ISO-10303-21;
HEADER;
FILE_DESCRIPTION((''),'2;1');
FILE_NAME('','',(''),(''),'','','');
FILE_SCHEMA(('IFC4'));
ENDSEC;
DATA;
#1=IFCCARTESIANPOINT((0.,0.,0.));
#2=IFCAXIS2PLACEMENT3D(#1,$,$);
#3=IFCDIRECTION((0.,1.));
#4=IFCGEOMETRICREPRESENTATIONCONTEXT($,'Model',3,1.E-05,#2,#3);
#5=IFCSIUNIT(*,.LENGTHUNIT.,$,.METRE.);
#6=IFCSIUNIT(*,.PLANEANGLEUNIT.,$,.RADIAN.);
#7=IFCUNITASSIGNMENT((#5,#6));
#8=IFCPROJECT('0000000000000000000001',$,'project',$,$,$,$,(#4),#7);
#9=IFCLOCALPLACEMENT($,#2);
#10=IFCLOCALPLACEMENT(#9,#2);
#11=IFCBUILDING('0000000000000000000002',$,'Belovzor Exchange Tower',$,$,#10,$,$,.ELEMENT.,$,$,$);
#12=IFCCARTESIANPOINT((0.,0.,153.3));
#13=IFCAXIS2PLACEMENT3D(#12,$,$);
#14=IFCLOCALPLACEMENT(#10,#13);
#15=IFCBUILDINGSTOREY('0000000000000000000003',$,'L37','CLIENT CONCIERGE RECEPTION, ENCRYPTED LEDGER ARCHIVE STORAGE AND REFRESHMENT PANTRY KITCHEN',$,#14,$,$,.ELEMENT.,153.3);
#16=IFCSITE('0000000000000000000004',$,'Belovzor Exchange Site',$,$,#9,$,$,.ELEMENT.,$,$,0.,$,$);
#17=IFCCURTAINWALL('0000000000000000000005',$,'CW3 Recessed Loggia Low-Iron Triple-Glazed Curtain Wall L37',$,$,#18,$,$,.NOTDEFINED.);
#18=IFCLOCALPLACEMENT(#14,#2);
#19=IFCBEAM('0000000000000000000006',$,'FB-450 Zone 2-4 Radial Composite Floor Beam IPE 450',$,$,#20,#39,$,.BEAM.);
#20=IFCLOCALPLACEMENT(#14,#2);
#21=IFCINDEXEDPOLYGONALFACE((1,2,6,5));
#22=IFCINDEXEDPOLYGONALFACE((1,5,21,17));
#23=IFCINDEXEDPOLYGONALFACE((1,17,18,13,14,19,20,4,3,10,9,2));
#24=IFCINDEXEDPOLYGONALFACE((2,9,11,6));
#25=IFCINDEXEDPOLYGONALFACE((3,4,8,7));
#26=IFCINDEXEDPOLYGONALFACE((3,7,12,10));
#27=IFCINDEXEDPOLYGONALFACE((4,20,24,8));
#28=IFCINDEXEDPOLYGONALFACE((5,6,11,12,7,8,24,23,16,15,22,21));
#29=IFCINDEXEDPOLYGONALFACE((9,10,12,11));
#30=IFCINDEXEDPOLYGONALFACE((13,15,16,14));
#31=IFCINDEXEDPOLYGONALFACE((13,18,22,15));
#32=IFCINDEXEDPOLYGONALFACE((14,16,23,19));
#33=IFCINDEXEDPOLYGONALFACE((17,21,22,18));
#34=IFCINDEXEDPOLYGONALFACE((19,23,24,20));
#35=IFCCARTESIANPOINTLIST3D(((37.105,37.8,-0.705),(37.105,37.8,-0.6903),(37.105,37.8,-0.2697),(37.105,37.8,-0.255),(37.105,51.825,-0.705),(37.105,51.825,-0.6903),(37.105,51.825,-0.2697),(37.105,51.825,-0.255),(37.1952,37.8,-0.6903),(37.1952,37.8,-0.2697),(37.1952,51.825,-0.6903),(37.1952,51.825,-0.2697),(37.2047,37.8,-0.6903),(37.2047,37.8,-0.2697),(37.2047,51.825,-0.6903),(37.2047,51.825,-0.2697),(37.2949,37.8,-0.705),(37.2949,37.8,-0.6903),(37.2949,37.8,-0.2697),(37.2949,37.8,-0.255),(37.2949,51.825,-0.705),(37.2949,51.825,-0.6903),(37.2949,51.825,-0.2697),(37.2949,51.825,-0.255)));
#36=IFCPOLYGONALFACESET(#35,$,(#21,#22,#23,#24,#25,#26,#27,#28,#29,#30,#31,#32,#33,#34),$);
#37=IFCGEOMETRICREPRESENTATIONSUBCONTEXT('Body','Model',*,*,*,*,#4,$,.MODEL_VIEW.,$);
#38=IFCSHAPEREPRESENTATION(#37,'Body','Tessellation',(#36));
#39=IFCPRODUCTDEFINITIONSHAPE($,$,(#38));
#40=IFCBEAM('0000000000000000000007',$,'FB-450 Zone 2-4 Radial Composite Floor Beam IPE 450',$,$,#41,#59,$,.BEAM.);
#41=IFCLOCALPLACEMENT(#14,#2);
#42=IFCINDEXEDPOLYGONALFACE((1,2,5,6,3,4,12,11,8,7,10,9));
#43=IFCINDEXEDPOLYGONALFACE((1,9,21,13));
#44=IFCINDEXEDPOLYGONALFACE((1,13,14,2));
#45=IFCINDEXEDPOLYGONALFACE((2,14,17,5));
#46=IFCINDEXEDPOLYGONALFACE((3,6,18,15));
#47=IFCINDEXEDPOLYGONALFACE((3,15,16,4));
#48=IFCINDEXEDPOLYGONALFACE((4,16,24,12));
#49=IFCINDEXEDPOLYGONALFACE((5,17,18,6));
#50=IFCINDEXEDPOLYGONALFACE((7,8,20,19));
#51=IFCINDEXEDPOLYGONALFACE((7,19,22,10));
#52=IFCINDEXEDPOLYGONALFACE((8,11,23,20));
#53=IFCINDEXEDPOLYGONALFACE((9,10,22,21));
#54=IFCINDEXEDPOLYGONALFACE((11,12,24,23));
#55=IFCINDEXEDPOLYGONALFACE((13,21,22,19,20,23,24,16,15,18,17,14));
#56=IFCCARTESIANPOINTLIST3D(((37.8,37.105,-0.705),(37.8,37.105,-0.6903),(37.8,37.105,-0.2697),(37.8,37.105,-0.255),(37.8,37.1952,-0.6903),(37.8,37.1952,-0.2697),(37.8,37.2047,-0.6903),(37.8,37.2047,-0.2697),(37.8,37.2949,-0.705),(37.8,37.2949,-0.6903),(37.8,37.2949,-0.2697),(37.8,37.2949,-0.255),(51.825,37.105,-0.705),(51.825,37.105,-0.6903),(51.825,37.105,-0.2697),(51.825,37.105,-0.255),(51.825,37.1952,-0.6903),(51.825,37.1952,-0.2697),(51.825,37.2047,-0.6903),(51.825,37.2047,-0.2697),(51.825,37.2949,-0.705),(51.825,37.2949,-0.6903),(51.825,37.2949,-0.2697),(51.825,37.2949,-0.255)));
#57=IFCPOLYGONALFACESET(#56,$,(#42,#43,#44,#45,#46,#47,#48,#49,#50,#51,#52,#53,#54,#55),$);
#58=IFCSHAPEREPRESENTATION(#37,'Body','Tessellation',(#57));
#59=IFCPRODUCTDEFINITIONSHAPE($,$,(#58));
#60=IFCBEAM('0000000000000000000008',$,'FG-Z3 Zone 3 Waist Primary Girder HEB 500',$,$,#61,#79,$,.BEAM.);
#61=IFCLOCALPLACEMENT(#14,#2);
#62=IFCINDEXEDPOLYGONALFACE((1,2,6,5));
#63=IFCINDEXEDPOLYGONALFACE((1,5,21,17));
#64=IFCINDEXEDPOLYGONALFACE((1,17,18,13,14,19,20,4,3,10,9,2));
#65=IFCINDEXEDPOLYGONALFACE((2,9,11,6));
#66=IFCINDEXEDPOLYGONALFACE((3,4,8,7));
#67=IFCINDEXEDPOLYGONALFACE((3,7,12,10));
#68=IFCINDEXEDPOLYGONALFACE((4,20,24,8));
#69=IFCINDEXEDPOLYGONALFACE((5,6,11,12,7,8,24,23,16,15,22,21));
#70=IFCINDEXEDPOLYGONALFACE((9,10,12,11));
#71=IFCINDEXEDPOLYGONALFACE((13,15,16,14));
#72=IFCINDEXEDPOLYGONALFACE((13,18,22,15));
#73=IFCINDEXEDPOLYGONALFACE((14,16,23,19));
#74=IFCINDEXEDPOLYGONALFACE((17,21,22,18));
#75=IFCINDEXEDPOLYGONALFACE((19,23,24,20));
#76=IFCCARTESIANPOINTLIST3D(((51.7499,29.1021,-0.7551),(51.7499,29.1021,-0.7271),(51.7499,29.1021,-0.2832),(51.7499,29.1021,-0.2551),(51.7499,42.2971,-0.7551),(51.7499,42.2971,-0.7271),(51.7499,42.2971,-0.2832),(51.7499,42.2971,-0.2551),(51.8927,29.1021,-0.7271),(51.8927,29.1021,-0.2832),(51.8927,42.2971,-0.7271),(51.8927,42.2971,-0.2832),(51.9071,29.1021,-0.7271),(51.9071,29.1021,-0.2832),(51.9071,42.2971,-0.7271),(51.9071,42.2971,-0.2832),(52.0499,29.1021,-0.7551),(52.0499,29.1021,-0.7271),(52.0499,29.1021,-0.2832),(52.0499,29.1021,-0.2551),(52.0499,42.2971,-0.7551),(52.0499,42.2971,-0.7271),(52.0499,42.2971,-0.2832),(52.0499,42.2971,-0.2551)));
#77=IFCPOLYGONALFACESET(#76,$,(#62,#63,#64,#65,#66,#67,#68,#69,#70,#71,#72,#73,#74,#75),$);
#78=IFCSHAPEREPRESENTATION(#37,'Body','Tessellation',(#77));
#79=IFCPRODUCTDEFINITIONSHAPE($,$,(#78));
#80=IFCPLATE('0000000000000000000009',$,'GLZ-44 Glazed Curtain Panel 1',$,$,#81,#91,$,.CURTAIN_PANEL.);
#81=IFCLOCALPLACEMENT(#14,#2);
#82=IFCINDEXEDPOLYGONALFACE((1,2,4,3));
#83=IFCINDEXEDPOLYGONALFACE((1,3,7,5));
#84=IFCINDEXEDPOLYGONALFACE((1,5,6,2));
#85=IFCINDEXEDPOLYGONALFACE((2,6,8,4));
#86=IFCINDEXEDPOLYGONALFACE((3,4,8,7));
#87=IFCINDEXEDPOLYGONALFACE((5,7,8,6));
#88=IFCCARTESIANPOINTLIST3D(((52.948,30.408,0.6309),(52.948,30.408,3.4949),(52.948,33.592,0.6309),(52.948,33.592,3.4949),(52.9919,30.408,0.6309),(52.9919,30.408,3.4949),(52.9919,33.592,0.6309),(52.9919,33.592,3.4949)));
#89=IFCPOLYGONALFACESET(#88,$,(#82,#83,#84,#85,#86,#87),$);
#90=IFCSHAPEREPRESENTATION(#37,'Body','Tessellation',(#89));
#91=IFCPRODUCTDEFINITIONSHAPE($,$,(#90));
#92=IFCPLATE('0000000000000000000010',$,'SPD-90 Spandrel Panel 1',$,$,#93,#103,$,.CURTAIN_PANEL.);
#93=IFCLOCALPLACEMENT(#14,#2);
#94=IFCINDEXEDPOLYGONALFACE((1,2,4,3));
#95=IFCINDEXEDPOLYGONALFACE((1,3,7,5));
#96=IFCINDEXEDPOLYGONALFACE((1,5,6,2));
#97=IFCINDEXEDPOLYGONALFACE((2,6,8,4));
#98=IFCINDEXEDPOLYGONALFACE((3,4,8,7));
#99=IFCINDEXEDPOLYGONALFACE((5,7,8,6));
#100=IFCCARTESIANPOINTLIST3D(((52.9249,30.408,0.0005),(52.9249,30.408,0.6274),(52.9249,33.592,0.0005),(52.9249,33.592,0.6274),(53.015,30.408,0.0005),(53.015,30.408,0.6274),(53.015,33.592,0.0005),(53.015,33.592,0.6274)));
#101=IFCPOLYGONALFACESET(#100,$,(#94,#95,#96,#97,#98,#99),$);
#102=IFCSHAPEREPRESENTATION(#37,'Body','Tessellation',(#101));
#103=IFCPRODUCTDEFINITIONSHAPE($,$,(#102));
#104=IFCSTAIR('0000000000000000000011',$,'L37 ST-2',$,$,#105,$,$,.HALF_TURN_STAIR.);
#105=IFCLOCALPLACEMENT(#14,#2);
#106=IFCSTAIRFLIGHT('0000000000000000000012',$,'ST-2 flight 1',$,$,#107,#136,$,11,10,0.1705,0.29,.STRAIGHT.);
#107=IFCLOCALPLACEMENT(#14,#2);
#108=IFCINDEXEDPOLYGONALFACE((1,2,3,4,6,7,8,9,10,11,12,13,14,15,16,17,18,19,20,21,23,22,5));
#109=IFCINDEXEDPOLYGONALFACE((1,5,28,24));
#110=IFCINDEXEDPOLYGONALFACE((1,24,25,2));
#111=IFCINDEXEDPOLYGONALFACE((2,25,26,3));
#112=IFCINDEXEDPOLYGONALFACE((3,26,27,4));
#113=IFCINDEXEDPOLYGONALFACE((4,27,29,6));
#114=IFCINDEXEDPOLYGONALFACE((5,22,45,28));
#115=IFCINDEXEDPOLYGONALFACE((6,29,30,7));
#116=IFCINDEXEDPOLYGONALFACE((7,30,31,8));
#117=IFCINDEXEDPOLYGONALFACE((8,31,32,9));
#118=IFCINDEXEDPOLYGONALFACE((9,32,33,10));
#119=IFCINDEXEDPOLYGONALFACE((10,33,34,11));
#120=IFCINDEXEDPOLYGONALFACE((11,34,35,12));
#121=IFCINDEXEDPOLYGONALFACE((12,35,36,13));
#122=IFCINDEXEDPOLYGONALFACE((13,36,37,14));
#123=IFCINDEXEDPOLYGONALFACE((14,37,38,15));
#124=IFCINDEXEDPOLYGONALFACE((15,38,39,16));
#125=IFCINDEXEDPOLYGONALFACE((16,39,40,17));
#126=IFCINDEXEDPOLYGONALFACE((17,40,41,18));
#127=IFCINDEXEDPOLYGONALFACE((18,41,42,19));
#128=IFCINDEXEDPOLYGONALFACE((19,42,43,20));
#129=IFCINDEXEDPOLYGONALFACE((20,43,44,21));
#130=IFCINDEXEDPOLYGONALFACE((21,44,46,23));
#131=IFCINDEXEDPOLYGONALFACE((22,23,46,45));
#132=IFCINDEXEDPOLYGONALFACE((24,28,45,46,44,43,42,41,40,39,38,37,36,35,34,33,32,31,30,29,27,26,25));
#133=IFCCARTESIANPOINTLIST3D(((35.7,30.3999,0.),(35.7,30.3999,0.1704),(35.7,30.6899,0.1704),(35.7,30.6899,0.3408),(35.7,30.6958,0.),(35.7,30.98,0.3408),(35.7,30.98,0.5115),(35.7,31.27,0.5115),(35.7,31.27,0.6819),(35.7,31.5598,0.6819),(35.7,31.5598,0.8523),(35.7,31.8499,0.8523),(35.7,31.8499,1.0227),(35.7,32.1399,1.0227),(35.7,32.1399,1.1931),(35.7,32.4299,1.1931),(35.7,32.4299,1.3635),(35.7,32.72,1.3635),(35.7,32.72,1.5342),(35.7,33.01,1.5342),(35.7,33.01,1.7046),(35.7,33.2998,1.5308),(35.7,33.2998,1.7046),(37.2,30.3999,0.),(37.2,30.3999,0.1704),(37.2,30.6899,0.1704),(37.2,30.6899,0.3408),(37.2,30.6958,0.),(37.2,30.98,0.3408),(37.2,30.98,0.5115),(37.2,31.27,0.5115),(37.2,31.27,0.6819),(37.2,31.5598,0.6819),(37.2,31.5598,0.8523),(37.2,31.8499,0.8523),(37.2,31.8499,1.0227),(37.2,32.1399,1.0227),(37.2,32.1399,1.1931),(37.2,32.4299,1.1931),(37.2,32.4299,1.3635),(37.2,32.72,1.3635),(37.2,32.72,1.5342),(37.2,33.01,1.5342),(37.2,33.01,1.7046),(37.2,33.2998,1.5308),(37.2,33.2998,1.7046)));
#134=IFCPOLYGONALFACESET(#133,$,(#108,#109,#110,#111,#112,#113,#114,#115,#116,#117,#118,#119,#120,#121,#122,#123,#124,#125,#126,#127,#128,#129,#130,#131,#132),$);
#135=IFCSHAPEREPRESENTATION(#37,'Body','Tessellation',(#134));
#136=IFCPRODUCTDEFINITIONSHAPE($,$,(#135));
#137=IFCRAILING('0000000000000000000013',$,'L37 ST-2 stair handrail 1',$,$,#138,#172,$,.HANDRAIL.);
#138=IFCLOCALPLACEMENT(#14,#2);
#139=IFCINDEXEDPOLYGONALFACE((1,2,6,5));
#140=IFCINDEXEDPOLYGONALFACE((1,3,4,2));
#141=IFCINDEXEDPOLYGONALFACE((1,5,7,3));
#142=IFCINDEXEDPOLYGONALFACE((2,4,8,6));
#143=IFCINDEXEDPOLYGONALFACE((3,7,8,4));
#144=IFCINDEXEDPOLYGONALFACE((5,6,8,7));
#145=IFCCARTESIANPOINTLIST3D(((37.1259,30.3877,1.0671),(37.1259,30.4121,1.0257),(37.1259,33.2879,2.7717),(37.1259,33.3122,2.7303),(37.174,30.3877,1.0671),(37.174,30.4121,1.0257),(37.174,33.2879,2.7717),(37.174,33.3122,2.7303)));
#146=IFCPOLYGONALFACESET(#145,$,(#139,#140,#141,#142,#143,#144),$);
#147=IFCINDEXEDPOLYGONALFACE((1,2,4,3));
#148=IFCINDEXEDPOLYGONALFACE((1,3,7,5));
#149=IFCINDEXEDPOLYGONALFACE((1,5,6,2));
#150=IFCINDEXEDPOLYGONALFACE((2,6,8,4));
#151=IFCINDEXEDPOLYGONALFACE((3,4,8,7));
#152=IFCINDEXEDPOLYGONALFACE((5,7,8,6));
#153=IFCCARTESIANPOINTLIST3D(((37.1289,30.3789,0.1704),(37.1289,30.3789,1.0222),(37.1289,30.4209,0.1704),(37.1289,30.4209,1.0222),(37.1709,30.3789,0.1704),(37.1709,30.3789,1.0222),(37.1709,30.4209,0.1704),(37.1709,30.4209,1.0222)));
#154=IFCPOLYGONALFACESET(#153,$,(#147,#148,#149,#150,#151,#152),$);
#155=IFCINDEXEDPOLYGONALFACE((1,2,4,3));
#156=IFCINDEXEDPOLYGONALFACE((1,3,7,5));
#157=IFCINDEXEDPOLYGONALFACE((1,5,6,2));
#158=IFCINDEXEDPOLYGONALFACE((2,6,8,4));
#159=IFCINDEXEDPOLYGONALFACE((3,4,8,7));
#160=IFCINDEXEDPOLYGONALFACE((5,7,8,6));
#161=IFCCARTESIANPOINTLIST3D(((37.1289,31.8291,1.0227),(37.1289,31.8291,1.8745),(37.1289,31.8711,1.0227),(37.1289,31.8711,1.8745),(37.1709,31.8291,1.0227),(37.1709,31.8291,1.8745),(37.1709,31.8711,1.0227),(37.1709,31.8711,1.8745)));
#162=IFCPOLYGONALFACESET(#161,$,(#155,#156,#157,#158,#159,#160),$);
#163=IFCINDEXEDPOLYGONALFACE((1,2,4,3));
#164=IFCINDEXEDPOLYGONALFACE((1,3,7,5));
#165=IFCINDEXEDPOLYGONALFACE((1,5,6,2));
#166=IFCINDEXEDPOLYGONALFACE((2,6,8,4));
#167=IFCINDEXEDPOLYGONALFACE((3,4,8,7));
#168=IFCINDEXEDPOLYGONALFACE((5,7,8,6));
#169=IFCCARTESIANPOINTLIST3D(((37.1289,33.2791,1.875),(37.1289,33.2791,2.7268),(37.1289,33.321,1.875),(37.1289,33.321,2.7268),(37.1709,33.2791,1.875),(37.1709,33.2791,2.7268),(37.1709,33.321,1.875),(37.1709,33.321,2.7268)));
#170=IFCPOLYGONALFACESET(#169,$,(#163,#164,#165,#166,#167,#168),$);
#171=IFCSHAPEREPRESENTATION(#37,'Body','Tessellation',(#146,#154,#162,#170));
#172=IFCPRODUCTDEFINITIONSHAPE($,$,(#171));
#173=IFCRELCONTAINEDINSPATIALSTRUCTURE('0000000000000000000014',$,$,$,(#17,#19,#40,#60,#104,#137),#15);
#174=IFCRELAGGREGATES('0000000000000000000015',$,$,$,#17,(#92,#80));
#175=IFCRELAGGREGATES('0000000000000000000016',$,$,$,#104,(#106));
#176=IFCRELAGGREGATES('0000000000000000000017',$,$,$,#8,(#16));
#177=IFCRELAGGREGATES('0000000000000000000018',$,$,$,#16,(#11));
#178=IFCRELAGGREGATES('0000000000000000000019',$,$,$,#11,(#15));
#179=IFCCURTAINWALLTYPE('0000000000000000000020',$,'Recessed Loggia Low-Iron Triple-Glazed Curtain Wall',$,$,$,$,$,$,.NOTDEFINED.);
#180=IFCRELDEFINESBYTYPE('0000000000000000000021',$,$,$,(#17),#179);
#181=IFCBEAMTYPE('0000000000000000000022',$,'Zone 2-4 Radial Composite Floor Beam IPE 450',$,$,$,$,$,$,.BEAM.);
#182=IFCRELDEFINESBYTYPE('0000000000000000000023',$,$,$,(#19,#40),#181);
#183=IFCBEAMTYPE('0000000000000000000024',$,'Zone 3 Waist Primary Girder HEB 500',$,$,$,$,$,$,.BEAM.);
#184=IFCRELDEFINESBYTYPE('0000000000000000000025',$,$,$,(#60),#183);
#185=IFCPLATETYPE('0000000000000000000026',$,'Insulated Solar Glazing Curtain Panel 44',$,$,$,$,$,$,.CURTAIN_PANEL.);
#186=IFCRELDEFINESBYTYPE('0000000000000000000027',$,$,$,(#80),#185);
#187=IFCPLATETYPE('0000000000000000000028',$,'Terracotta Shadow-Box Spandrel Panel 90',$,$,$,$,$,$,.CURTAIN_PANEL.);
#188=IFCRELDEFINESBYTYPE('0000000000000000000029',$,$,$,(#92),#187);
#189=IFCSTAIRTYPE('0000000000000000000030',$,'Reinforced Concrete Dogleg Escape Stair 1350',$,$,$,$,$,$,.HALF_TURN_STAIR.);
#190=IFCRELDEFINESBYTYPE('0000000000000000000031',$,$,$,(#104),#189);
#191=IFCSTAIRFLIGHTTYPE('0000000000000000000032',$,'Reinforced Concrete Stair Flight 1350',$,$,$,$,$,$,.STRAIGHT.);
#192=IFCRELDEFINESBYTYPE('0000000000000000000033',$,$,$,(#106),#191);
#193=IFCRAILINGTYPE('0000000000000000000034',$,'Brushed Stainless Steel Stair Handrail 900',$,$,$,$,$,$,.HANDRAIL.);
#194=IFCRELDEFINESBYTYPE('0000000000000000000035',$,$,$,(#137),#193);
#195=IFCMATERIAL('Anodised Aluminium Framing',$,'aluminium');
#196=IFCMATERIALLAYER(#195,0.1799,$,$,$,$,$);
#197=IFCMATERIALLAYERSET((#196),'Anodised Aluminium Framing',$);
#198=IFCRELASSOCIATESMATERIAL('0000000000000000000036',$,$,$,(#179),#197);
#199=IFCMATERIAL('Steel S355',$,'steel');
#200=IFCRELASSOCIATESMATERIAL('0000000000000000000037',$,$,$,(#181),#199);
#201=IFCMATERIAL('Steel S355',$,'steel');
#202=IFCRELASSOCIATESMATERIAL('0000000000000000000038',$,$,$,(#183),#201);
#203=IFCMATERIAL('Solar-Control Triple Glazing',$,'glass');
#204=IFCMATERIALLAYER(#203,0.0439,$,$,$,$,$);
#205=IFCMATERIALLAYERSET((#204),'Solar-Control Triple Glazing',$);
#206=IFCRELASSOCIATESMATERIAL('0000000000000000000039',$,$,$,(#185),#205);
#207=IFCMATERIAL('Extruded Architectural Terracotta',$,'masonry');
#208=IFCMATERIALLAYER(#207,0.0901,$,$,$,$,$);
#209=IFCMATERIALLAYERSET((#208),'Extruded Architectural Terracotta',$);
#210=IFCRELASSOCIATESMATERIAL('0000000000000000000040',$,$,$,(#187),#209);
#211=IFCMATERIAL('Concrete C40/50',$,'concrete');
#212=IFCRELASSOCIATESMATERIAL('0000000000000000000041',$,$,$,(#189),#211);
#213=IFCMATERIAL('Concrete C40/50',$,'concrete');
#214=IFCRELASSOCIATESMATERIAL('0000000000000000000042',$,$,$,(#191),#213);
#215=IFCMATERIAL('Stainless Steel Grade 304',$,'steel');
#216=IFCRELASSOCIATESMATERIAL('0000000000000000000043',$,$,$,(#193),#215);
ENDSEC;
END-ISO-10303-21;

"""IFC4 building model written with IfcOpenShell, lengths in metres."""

from ifc_helpers import new_model, si_unit, direction, frame, origin, origin_2d, place, context, subcontext, project, spatial, polyline, rectangle, i_section, outline, extrude, material, layer, layer_set, material_profile, profile_set, type_object, element, aggregate, save


model = new_model("IFC4")

# Units and contexts
model_context = context("Model", 3, precision=1e-05, world=origin(), true_north=direction((0.0, 1.0)))
body_context = subcontext(model_context, "Body", "Model", "MODEL_VIEW")
ifc_project = project(units=[si_unit("LENGTHUNIT", "METRE"), si_unit("PLANEANGLEUNIT", "RADIAN")], contexts=[model_context])

# Site, building, storey
site_placement = place(None, origin())
site = spatial("IfcSite", under=ifc_project, at=site_placement, Name="Belovzor Exchange Site", CompositionType="ELEMENT", RefElevation=0.0)
building_placement = place(site_placement, origin())
building = spatial("IfcBuilding", under=site, at=building_placement, Name="Belovzor Exchange Tower", CompositionType="ELEMENT")
storey_placement = place(building_placement, frame((0.0, 0.0, 153.3)))
storey = spatial("IfcBuildingStorey", under=building, at=storey_placement, Name="L37", Description="CLIENT CONCIERGE RECEPTION, ENCRYPTED LEDGER ARCHIVE STORAGE AND REFRESHMENT PANTRY KITCHEN", CompositionType="ELEMENT", Elevation=153.3)

# Curtain wall
ifc_material_1 = material(Name="Anodised Aluminium Framing", Category="aluminium")
ifc_layer_1 = layer(ifc_material_1, 0.1799)
ifc_layer_set_1 = layer_set([ifc_layer_1], Name="Anodised Aluminium Framing")
curtain_wall_type = type_object("IfcCurtainWallType", Name="Recessed Loggia Low-Iron Triple-Glazed Curtain Wall", PredefinedType="NOTDEFINED", material=ifc_layer_set_1)
curtain_wall_placement = place(storey_placement, origin())
curtain_wall = element("IfcCurtainWall", 1, at=curtain_wall_placement, inside=storey, type_object=curtain_wall_type, Name="CW3 Recessed Loggia Low-Iron Triple-Glazed Curtain Wall L37", PredefinedType="NOTDEFINED")

# Beams
ifc_material_2 = material(Name="Steel S355", Category="steel")
ifc_material_profile_1 = material_profile(ifc_material_2, i_section(OverallWidth=0.1899, OverallDepth=0.45, WebThickness=0.0095, FlangeThickness=0.0146, at=origin_2d()))
ifc_profile_set_1 = profile_set([ifc_material_profile_1], Name="Steel S355")
beam_type_1 = type_object("IfcBeamType", Name="Zone 2-4 Radial Composite Floor Beam IPE 450", PredefinedType="BEAM", material=ifc_profile_set_1)
for number, where, z_axis, x_axis, name in (
    (2, (37.2, 37.8, -0.48), (0.0, 1.0, 0.0), (-1.0, 0.0, 0.0), "FB-450 Zone 2-4 Radial Composite Floor Beam IPE 450"),
    (3, (37.8, 37.2, -0.48), (1.0, 0.0, 0.0), (0.0, 1.0, 0.0), "FB-450 Zone 2-4 Radial Composite Floor Beam IPE 450"),
):
    element("IfcBeam", number, at=place(storey_placement, frame(where, z_axis=z_axis, x_axis=x_axis)), inside=storey, type_object=beam_type_1, Name=name, PredefinedType="BEAM", context=body_context, shape_type="SweptSolid", body=[
        extrude(i_section(OverallWidth=0.1899, OverallDepth=0.45, WebThickness=0.0095, FlangeThickness=0.0146, at=origin_2d()), origin(), (0.0, 0.0, 1.0), 14.0249),
    ])
ifc_material_3 = material(Name="Steel S355", Category="steel")
ifc_material_profile_2 = material_profile(ifc_material_3, i_section(OverallWidth=0.3, OverallDepth=0.5, WebThickness=0.0144, FlangeThickness=0.0281, at=origin_2d()))
ifc_profile_set_2 = profile_set([ifc_material_profile_2], Name="Steel S355")
beam_type_2 = type_object("IfcBeamType", Name="Zone 3 Waist Primary Girder HEB 500", PredefinedType="BEAM", material=ifc_profile_set_2)
beam_1_placement = place(storey_placement, frame((51.8999, 29.1021, -0.5051), z_axis=(0.0, 1.0, 0.0), x_axis=(-1.0, 0.0, 0.0)))
element("IfcBeam", 4, at=beam_1_placement, inside=storey, type_object=beam_type_2, Name="FG-Z3 Zone 3 Waist Primary Girder HEB 500", PredefinedType="BEAM", context=body_context, shape_type="SweptSolid", body=[
    extrude(i_section(OverallWidth=0.3, OverallDepth=0.5, WebThickness=0.0144, FlangeThickness=0.0281, at=origin_2d()), origin(), (0.0, 0.0, 1.0), 13.1951),
])

# Plates
ifc_material_4 = material(Name="Solar-Control Triple Glazing", Category="glass")
ifc_layer_2 = layer(ifc_material_4, 0.0439)
ifc_layer_set_2 = layer_set([ifc_layer_2], Name="Solar-Control Triple Glazing")
plate_type_1 = type_object("IfcPlateType", Name="Insulated Solar Glazing Curtain Panel 44", PredefinedType="CURTAIN_PANEL", material=ifc_layer_set_2)
plate_1_placement = place(storey_placement, frame((52.97, 32.0, 0.6309), z_axis=(0.0, 0.0, 1.0), x_axis=(0.0, -1.0, 0.0)))
plate_1 = element("IfcPlate", 5, at=plate_1_placement, type_object=plate_type_1, Name="GLZ-44 Glazed Curtain Panel 1", PredefinedType="CURTAIN_PANEL", context=body_context, shape_type="SweptSolid", body=[
    extrude(rectangle(XDim=3.1841, YDim=0.0439, at=origin_2d()), origin(), (0.0, 0.0, 1.0), 2.864),
])
ifc_material_5 = material(Name="Extruded Architectural Terracotta", Category="masonry")
ifc_layer_3 = layer(ifc_material_5, 0.0901)
ifc_layer_set_3 = layer_set([ifc_layer_3], Name="Extruded Architectural Terracotta")
plate_type_2 = type_object("IfcPlateType", Name="Terracotta Shadow-Box Spandrel Panel 90", PredefinedType="CURTAIN_PANEL", material=ifc_layer_set_3)
plate_2_placement = place(storey_placement, frame((52.97, 32.0, 0.0005), z_axis=(0.0, 0.0, 1.0), x_axis=(0.0, -1.0, 0.0)))
plate_2 = element("IfcPlate", 6, at=plate_2_placement, type_object=plate_type_2, Name="SPD-90 Spandrel Panel 1", PredefinedType="CURTAIN_PANEL", context=body_context, shape_type="SweptSolid", body=[
    extrude(rectangle(XDim=3.1841, YDim=0.0901, at=origin_2d()), origin(), (0.0, 0.0, 1.0), 0.627),
])
aggregate(curtain_wall, [plate_2, plate_1])

# Stair, stair flight
ifc_material_6 = material(Name="Concrete C40/50", Category="concrete")
stair_type = type_object("IfcStairType", Name="Reinforced Concrete Dogleg Escape Stair 1350", PredefinedType="HALF_TURN_STAIR", material=ifc_material_6)
stair_placement = place(storey_placement, origin())
stair = element("IfcStair", 7, at=stair_placement, inside=storey, type_object=stair_type, Name="L37 ST-2", PredefinedType="HALF_TURN_STAIR")
ifc_material_7 = material(Name="Concrete C40/50", Category="concrete")
stair_flight_type = type_object("IfcStairFlightType", Name="Reinforced Concrete Stair Flight 1350", PredefinedType="STRAIGHT", material=ifc_material_7)
stair_flight_placement = place(storey_placement, frame((36.45, 30.3999, 0.0), z_axis=(0.0, 0.0, 1.0), x_axis=(0.0, 1.0, 0.0)))
stair_flight = element("IfcStairFlight", 8, at=stair_flight_placement, type_object=stair_flight_type, Name="ST-2 flight 1", NumberOfRisers=11, NumberOfTreads=10, PredefinedType="STRAIGHT", RiserHeight=0.1705, TreadLength=0.29, context=body_context, shape_type="SweptSolid", body=[
    extrude(outline(polyline([(0.0, 0.0), (0.0, 0.1704), (0.29, 0.1704), (0.29, 0.3408), (0.5801, 0.3408), (0.5801, 0.5115), (0.8701, 0.5115), (0.8701, 0.6819), (1.1599, 0.6819), (1.1599, 0.8523), (1.45, 0.8523), (1.45, 1.0227), (1.74, 1.0227), (1.74, 1.1931), (2.03, 1.1931), (2.03, 1.3635), (2.3201, 1.3635), (2.3201, 1.5342), (2.6101, 1.5342), (2.6101, 1.7046), (2.8999, 1.7046), (2.8999, 1.875), (2.8999, 1.5308), (0.2959, 0.0), (0.0, 0.0)])), frame((0.0, 0.75, 0.0), z_axis=(0.0, -1.0, 0.0), x_axis=(1.0, 0.0, 0.0)), (0.0, 0.0, 1.0), 1.5),
])
aggregate(stair, [stair_flight])

# Railing
ifc_material_8 = material(Name="Stainless Steel Grade 304", Category="steel")
railing_type_1 = type_object("IfcRailingType", Name="Brushed Stainless Steel Stair Handrail 900", PredefinedType="HANDRAIL", material=ifc_material_8)
railing_1_placement = place(storey_placement, frame((37.1499, 30.3999, 0.1704)))
element("IfcRailing", 9, at=railing_1_placement, inside=storey, type_object=railing_type_1, Name="L37 ST-2 stair handrail 1", PredefinedType="HANDRAIL", context=body_context, shape_type="SweptSolid", body=[
    extrude(rectangle(XDim=0.0481, YDim=0.0481, at=origin_2d()), frame((0.0, 0.0, 0.876), z_axis=(0.0, 0.862113, 0.506716), x_axis=(-1.0, 0.0, 0.0)), (0.0, 0.0, 1.0), 3.364),
    extrude(rectangle(XDim=0.042, YDim=0.042, at=origin_2d()), origin(), (0.0, 0.0, 1.0), 0.8518),
    extrude(rectangle(XDim=0.042, YDim=0.042, at=origin_2d()), frame((0.0, 1.4502, 0.8523)), (0.0, 0.0, 1.0), 0.8518),
    extrude(rectangle(XDim=0.042, YDim=0.042, at=origin_2d()), frame((0.0, 2.9001, 1.7046)), (0.0, 0.0, 1.0), 0.8518),
])

save(model, "model.ifc")
